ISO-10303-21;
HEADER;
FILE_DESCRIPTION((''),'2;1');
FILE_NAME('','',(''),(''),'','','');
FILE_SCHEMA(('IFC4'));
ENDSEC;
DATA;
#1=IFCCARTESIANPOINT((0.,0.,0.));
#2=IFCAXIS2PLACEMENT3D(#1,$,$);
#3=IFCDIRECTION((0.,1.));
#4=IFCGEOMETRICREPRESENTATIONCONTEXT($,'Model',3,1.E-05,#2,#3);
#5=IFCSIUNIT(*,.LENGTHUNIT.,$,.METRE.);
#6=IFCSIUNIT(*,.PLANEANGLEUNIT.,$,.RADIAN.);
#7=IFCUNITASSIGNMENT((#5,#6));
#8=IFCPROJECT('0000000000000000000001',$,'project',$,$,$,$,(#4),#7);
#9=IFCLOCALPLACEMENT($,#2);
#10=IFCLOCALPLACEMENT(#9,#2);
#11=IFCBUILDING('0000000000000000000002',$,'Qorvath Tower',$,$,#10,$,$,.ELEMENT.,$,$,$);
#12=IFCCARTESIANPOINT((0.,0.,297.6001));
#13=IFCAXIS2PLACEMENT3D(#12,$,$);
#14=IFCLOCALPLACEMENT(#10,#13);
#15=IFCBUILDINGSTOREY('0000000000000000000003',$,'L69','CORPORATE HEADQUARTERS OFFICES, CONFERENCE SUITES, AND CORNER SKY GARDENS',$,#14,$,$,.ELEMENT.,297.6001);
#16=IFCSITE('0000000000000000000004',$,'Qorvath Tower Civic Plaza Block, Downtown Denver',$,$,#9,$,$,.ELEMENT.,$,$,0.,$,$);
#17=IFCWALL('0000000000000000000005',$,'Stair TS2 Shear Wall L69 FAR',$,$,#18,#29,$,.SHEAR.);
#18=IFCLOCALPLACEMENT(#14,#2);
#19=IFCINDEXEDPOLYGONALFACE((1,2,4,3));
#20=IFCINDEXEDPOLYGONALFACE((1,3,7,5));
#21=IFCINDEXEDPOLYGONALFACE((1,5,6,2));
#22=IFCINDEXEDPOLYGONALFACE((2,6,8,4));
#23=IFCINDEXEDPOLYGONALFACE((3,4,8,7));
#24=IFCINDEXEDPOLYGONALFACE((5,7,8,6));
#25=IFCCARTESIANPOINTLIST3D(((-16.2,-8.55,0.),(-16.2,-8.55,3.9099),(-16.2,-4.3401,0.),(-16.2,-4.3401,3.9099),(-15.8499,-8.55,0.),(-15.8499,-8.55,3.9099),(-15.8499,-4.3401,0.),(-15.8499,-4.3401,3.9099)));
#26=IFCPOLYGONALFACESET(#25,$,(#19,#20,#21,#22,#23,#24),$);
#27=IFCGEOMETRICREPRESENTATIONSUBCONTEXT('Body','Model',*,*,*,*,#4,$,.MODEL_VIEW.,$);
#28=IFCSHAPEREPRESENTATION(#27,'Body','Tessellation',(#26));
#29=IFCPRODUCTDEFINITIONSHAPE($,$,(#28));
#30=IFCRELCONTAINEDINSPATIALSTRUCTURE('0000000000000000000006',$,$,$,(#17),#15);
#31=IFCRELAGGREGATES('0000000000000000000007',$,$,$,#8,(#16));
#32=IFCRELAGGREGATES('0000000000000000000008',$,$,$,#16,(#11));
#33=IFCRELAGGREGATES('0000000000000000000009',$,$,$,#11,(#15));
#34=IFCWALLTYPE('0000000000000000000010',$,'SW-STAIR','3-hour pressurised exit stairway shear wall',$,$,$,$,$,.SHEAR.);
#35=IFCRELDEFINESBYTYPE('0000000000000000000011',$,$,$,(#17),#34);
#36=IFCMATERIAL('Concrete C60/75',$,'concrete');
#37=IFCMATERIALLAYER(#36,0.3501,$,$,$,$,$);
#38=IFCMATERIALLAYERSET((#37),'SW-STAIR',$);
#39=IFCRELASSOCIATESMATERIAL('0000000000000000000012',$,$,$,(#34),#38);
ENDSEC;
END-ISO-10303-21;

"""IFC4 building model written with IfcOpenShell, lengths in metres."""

from ifc_helpers import new_model, si_unit, direction, frame, frame_2d, origin, place, context, subcontext, project, spatial, rectangle, extrude, material, layer, layer_set, type_object, element, save


model = new_model("IFC4")

# Units and contexts
model_context = context("Model", 3, precision=1e-05, world=origin(), true_north=direction((0.0, 1.0)))
body_context = subcontext(model_context, "Body", "Model", "MODEL_VIEW")
ifc_project = project(units=[si_unit("LENGTHUNIT", "METRE"), si_unit("PLANEANGLEUNIT", "RADIAN")], contexts=[model_context])

# Site, building, storey
site_placement = place(None, origin())
site = spatial("IfcSite", under=ifc_project, at=site_placement, Name="Qorvath Tower Civic Plaza Block, Downtown Denver", CompositionType="ELEMENT", RefElevation=0.0)
building_placement = place(site_placement, origin())
building = spatial("IfcBuilding", under=site, at=building_placement, Name="Qorvath Tower", CompositionType="ELEMENT")
storey_placement = place(building_placement, frame((0.0, 0.0, 297.6001)))
storey = spatial("IfcBuildingStorey", under=building, at=storey_placement, Name="L69", Description="CORPORATE HEADQUARTERS OFFICES, CONFERENCE SUITES, AND CORNER SKY GARDENS", CompositionType="ELEMENT", Elevation=297.6001)

# Wall
ifc_material_1 = material(Name="Concrete C60/75", Category="concrete")
ifc_layer_1 = layer(ifc_material_1, 0.3501)
ifc_layer_set_1 = layer_set([ifc_layer_1], Name="SW-STAIR")
wall_type = type_object("IfcWallType", Name="SW-STAIR", Description="3-hour pressurised exit stairway shear wall", PredefinedType="SHEAR", material=ifc_layer_set_1)
wall_placement = place(storey_placement, frame((-16.0249, -8.55, 0.0), z_axis=(0.0, 0.0, 1.0), x_axis=(0.0, 1.0, 0.0)))
element("IfcWall", 1, at=wall_placement, inside=storey, type_object=wall_type, Name="Stair TS2 Shear Wall L69 FAR", PredefinedType="SHEAR", context=body_context, shape_type="SweptSolid", body=[
    extrude(rectangle(XDim=4.21, YDim=0.3501, at=frame_2d((2.105, 0.0))), origin(), (0.0, 0.0, 1.0), 3.9099),
])

save(model, "model.ifc")
